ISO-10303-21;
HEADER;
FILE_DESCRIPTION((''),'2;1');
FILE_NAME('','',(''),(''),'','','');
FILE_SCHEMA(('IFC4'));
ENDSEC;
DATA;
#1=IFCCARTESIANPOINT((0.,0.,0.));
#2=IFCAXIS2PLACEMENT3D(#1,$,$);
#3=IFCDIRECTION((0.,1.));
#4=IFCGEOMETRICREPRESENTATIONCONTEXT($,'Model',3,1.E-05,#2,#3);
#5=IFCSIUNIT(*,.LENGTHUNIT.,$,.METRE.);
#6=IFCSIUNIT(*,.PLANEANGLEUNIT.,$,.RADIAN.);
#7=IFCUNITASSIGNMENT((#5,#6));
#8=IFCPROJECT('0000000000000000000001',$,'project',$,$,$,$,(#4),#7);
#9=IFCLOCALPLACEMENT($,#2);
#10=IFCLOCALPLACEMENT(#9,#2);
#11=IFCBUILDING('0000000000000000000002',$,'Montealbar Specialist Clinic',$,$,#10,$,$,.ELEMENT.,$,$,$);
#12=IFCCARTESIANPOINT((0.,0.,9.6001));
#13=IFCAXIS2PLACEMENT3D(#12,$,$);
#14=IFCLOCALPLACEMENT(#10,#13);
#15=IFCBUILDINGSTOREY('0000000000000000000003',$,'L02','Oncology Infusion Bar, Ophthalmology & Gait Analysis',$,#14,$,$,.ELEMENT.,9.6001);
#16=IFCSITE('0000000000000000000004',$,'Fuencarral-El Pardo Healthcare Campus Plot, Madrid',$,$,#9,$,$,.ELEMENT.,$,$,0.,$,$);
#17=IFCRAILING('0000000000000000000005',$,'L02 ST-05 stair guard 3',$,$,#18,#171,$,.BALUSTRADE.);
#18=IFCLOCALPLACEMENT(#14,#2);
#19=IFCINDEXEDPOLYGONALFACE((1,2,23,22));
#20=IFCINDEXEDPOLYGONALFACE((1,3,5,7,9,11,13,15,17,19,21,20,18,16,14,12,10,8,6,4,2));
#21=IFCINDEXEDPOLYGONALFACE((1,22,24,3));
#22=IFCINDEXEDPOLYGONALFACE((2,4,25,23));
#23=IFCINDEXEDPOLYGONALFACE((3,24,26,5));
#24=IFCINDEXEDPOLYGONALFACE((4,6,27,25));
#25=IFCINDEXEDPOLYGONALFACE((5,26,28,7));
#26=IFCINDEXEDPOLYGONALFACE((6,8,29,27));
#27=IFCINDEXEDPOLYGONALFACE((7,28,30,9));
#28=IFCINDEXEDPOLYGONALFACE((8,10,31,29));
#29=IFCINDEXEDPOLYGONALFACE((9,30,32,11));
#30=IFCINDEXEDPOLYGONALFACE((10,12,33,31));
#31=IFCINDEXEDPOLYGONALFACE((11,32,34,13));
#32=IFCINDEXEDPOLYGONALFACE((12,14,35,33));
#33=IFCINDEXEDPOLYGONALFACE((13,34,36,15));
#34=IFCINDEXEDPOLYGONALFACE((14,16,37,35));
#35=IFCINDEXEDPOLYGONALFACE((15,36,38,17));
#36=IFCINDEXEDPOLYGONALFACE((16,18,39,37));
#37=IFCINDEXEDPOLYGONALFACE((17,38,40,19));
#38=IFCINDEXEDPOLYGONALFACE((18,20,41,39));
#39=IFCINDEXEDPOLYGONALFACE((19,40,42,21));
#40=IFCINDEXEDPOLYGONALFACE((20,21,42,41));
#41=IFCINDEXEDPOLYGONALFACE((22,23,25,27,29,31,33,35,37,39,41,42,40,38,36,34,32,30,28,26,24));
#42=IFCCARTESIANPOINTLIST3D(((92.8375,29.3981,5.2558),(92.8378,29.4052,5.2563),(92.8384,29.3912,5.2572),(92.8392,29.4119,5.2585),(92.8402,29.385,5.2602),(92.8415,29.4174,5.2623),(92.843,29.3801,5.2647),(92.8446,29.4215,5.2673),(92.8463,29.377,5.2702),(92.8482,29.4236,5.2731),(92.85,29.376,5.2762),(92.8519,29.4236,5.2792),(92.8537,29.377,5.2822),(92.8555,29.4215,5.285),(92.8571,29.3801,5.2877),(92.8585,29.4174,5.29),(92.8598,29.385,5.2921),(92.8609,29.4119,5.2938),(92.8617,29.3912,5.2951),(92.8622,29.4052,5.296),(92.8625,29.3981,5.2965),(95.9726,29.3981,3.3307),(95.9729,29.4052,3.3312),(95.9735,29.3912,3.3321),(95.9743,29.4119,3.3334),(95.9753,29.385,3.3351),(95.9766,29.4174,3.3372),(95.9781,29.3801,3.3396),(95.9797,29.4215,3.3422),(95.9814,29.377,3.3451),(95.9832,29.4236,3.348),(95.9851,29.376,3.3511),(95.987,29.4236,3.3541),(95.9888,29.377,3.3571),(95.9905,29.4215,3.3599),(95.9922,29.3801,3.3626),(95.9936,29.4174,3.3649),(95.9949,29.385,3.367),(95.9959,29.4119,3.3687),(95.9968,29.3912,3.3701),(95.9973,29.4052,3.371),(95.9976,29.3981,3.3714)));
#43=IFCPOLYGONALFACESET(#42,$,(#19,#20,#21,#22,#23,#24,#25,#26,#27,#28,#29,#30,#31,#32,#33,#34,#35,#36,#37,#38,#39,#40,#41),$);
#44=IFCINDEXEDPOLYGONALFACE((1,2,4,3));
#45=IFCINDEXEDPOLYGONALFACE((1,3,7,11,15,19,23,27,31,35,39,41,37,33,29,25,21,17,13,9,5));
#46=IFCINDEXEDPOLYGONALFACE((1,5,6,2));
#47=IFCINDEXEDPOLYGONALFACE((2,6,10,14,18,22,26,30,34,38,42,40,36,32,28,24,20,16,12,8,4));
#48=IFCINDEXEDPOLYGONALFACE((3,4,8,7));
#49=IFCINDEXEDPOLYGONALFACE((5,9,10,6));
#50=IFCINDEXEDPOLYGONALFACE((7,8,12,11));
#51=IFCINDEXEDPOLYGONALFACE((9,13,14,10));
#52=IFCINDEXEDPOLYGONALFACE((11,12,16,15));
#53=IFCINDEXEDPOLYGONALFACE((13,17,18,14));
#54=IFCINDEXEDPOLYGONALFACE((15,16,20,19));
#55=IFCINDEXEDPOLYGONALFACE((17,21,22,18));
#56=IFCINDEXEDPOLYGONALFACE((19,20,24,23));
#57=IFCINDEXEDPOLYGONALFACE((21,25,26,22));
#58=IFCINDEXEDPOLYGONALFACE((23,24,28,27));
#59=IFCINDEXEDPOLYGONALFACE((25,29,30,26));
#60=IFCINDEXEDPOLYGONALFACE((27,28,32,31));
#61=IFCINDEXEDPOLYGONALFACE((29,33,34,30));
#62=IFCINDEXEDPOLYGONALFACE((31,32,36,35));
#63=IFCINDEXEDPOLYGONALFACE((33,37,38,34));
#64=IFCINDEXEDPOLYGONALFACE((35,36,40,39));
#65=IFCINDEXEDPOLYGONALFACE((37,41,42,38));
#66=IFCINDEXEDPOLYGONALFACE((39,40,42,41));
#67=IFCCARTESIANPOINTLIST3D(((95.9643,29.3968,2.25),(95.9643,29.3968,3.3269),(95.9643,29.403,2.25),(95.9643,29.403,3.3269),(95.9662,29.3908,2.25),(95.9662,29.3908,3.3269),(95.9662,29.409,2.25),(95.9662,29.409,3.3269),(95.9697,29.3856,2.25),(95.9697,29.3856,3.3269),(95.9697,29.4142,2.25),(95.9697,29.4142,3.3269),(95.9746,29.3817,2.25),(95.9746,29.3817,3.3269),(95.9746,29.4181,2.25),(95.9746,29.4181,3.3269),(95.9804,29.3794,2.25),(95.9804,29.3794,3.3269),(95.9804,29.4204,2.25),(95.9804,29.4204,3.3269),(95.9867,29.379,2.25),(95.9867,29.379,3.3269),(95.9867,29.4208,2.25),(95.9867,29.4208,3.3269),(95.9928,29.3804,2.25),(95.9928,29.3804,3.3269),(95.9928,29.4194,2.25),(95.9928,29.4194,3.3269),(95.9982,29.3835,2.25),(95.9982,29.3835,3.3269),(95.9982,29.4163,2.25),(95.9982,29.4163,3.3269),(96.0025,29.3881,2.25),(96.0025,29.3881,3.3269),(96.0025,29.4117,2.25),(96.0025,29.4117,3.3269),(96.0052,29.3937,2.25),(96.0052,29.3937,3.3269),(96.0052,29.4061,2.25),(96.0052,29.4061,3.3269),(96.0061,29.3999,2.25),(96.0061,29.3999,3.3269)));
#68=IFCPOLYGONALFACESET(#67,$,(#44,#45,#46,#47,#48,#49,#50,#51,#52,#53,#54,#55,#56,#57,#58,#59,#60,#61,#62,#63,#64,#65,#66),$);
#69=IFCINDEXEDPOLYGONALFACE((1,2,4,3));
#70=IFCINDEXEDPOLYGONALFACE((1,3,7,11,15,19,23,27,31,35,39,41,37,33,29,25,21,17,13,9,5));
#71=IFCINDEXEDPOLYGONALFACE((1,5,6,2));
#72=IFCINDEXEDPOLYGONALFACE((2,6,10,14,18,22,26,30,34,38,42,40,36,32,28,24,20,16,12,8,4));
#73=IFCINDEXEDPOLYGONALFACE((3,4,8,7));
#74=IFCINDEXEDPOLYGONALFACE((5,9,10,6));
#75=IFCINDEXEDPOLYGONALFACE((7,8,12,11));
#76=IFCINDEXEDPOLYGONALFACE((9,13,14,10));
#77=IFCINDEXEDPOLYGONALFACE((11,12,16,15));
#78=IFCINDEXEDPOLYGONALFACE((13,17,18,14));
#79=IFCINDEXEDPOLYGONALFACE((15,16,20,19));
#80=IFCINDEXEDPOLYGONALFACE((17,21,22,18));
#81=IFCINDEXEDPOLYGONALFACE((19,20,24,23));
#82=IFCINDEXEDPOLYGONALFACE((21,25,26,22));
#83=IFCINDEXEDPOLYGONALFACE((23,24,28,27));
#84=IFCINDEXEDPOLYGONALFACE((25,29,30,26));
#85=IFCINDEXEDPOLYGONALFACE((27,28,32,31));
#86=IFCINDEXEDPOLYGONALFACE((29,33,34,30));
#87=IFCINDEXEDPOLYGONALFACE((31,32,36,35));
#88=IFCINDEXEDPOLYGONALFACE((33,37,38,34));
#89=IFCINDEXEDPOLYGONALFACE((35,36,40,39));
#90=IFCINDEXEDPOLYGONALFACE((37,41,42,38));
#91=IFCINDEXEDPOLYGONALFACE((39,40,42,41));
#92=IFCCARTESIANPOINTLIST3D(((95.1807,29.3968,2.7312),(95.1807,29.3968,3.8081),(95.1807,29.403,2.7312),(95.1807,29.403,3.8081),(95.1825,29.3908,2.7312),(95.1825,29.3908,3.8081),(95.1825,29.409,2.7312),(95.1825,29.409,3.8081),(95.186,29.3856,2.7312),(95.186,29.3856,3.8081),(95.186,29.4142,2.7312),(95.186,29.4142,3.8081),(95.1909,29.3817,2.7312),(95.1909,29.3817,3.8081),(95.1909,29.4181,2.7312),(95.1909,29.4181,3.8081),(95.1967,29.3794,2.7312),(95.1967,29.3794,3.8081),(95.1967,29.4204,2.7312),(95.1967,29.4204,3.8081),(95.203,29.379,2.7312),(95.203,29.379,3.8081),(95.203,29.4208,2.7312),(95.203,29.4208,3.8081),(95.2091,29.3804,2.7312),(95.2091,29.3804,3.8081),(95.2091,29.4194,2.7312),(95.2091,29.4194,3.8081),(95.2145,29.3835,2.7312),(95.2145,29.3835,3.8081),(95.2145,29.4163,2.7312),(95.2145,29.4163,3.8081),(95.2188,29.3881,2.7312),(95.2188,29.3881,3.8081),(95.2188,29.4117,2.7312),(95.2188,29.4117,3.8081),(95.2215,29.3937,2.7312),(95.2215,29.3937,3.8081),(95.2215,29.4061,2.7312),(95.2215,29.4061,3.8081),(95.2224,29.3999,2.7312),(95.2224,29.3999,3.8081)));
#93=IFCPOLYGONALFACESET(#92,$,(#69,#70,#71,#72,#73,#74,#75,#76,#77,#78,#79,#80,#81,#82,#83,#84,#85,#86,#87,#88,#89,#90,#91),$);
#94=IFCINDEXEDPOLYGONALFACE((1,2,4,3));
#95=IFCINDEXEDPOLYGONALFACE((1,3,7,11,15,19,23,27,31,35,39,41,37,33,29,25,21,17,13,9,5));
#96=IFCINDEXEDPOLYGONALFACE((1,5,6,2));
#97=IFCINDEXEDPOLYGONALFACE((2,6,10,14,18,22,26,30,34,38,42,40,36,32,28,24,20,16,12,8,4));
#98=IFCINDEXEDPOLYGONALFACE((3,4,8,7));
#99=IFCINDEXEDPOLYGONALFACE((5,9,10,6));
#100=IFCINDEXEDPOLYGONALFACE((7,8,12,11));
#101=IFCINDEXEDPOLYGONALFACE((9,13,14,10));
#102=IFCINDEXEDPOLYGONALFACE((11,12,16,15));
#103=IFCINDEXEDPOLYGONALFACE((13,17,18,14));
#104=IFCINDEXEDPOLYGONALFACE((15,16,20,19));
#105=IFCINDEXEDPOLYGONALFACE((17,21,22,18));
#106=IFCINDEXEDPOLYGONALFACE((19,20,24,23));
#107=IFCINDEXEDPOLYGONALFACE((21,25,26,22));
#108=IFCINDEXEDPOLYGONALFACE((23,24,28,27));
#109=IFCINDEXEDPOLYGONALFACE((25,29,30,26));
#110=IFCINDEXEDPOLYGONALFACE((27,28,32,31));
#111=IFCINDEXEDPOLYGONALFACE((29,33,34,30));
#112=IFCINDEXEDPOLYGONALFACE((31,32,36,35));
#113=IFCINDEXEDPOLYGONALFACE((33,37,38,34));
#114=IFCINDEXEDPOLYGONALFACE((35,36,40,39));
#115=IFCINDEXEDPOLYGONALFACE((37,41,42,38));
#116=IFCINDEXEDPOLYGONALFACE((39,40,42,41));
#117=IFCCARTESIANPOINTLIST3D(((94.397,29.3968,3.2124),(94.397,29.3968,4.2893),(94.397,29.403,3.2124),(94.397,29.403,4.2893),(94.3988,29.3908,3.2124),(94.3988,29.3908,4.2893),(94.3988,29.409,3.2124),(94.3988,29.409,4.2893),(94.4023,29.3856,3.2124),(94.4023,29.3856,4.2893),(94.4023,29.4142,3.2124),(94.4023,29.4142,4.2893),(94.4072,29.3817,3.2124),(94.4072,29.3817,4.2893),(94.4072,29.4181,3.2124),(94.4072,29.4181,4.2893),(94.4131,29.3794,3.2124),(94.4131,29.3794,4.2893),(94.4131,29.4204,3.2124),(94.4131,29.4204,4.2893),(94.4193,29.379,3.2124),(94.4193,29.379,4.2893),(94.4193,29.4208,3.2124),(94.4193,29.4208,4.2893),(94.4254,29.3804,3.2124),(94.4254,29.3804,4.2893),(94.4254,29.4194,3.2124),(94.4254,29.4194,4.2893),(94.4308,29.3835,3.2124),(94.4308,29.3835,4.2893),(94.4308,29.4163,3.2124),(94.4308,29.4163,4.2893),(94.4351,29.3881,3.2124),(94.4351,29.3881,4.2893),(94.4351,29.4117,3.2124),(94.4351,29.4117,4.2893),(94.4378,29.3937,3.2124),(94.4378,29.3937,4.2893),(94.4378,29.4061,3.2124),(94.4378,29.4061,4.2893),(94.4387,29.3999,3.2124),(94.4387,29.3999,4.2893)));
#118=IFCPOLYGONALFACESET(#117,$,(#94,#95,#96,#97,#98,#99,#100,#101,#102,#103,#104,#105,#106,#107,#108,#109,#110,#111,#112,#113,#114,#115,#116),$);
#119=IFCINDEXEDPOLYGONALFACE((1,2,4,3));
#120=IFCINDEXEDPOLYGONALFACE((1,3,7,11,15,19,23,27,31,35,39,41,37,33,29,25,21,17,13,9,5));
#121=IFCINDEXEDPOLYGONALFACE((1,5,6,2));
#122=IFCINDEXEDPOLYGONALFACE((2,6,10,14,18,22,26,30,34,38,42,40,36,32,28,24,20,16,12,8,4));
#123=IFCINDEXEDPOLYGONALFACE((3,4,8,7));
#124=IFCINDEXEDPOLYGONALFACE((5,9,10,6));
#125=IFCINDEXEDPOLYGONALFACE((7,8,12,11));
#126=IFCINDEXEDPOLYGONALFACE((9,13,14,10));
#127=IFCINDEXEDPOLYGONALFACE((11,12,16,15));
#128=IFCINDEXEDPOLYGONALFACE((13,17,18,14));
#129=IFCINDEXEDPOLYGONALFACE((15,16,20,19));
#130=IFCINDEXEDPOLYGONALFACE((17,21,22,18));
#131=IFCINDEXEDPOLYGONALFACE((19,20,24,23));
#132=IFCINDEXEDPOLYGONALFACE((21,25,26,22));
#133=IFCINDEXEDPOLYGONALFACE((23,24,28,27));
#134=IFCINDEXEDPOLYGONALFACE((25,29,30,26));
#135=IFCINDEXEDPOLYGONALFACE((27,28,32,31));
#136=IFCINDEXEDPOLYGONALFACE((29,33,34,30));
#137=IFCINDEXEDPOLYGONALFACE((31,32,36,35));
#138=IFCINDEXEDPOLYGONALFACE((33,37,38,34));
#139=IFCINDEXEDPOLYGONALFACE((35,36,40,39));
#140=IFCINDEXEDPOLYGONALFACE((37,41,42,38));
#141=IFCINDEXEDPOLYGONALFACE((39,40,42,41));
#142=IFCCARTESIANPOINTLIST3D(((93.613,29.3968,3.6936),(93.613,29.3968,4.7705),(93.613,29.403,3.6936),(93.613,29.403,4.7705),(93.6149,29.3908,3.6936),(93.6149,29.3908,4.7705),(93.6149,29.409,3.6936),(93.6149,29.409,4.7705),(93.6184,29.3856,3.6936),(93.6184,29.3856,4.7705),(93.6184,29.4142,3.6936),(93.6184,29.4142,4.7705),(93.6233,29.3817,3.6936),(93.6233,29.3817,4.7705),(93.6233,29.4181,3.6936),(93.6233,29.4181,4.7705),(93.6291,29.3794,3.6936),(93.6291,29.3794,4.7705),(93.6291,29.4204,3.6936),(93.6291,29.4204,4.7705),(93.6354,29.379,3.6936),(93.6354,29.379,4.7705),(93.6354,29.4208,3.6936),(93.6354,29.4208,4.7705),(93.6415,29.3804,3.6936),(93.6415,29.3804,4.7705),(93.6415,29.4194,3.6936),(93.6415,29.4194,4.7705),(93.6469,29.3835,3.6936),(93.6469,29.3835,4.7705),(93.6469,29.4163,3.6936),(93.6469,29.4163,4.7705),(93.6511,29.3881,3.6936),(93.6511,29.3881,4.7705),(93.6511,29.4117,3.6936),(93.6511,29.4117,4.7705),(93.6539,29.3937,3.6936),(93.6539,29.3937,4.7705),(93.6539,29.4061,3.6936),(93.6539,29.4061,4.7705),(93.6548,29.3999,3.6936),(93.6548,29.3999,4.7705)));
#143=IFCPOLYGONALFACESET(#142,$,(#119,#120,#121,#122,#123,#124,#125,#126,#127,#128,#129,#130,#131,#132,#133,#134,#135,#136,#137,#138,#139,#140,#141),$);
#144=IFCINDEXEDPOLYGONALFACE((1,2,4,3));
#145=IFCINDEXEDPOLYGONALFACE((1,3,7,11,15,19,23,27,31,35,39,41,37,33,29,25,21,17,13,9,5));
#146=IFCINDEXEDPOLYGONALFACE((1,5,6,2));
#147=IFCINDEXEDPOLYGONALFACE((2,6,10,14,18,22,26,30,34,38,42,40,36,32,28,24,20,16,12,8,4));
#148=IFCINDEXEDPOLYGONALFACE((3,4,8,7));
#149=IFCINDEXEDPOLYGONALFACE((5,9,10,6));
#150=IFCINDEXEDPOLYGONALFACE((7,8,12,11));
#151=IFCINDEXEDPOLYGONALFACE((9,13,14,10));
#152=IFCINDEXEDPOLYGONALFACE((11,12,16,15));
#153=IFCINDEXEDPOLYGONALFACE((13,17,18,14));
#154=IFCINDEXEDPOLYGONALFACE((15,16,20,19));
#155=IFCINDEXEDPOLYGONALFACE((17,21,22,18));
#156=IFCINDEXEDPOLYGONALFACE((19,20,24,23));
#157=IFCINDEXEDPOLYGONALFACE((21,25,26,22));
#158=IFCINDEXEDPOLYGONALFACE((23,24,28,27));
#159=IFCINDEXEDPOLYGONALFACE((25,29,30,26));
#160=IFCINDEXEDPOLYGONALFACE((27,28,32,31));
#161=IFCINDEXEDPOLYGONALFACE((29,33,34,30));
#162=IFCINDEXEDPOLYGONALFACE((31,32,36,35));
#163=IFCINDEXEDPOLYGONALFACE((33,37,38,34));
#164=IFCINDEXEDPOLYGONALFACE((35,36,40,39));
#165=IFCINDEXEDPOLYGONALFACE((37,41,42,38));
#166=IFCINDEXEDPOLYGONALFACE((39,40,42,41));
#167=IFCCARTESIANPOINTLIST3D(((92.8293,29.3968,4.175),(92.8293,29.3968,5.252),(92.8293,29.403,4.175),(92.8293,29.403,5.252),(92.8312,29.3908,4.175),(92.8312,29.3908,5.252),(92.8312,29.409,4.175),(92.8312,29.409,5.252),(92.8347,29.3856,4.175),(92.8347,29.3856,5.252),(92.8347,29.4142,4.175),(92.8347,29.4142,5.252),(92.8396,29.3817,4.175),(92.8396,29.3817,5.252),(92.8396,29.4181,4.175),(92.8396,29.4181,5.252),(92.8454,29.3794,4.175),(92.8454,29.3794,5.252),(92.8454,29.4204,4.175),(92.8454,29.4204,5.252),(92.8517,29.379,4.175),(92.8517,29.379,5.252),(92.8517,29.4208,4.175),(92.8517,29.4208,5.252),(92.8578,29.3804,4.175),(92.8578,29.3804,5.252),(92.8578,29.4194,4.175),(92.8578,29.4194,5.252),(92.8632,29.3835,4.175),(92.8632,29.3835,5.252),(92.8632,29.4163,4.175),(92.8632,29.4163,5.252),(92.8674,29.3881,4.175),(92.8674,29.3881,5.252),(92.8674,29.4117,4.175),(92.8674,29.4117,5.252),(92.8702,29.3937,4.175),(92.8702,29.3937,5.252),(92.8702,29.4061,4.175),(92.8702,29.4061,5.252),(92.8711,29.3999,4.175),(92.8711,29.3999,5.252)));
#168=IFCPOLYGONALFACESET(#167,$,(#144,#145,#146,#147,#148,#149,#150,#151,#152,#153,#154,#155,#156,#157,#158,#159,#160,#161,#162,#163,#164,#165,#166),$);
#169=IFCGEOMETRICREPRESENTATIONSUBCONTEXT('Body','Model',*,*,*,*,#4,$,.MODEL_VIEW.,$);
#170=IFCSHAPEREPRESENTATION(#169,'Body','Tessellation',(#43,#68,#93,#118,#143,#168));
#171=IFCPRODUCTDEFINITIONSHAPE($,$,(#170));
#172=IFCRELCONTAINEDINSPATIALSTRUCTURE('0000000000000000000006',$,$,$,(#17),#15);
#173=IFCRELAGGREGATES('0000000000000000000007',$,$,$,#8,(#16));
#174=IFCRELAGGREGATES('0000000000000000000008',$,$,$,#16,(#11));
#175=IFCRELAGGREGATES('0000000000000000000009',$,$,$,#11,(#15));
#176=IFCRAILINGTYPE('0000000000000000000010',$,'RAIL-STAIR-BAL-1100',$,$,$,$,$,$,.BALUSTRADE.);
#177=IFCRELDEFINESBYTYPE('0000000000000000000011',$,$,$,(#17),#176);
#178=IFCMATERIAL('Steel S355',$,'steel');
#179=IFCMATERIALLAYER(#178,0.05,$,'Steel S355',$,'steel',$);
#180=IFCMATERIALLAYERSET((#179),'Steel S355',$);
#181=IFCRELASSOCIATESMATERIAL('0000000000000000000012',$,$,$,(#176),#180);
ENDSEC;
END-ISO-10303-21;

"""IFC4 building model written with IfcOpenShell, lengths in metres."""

from ifc_helpers import new_model, si_unit, direction, frame, origin, origin_2d, place, context, subcontext, project, spatial, circle, extrude, material, layer, layer_set, type_object, element, save


model = new_model("IFC4")

# Units and contexts
model_context = context("Model", 3, precision=1e-05, world=origin(), true_north=direction((0.0, 1.0)))
body_context = subcontext(model_context, "Body", "Model", "MODEL_VIEW")
ifc_project = project(units=[si_unit("LENGTHUNIT", "METRE"), si_unit("PLANEANGLEUNIT", "RADIAN")], contexts=[model_context])

# Site, building, storey
site_placement = place(None, origin())
site = spatial("IfcSite", under=ifc_project, at=site_placement, Name="Fuencarral-El Pardo Healthcare Campus Plot, Madrid", CompositionType="ELEMENT", RefElevation=0.0)
building_placement = place(site_placement, origin())
building = spatial("IfcBuilding", under=site, at=building_placement, Name="Montealbar Specialist Clinic", CompositionType="ELEMENT")
storey_placement = place(building_placement, frame((0.0, 0.0, 9.6001)))
storey = spatial("IfcBuildingStorey", under=building, at=storey_placement, Name="L02", Description="Oncology Infusion Bar, Ophthalmology & Gait Analysis", CompositionType="ELEMENT", Elevation=9.6001)

# Shared definitions
ifc_material_1 = material(Name="Steel S355", Category="steel")

# Railing
ifc_layer_1 = layer(ifc_material_1, 0.05, Name="Steel S355", Category="steel")
ifc_layer_set_1 = layer_set([ifc_layer_1], Name="Steel S355")
railing_type_1 = type_object("IfcRailingType", Name="RAIL-STAIR-BAL-1100", PredefinedType="BALUSTRADE", material=ifc_layer_set_1)
railing_1_placement = place(storey_placement, frame((95.9851, 29.3999, 2.2749)))
element("IfcRailing", 1, at=railing_1_placement, inside=storey, type_object=railing_type_1, Name="L02 ST-05 stair guard 3", PredefinedType="BALUSTRADE", context=body_context, shape_type="SweptSolid", body=[
    extrude(circle(Radius=0.0239, at=origin_2d()), frame((0.0, 0.0, 1.0762), z_axis=(-0.852166, 0.0, 0.523271), x_axis=(0.0, -1.0, 0.0)), (0.0, 0.0, 1.0), 3.679),
    extrude(circle(Radius=0.021, at=origin_2d()), frame((0.0, 0.0, -0.0249)), (0.0, 0.0, 1.0), 1.0769),
    extrude(circle(Radius=0.021, at=origin_2d()), frame((-0.7837, 0.0, 0.4563)), (0.0, 0.0, 1.0), 1.0769),
    extrude(circle(Radius=0.021, at=origin_2d()), frame((-1.5674, 0.0, 0.9375)), (0.0, 0.0, 1.0), 1.0769),
    extrude(circle(Radius=0.021, at=origin_2d()), frame((-2.3513, 0.0, 1.4187)), (0.0, 0.0, 1.0), 1.0769),
    extrude(circle(Radius=0.021, at=origin_2d()), frame((-3.135, 0.0, 1.9001)), (0.0, 0.0, 1.0), 1.0769),
])

save(model, "model.ifc")
